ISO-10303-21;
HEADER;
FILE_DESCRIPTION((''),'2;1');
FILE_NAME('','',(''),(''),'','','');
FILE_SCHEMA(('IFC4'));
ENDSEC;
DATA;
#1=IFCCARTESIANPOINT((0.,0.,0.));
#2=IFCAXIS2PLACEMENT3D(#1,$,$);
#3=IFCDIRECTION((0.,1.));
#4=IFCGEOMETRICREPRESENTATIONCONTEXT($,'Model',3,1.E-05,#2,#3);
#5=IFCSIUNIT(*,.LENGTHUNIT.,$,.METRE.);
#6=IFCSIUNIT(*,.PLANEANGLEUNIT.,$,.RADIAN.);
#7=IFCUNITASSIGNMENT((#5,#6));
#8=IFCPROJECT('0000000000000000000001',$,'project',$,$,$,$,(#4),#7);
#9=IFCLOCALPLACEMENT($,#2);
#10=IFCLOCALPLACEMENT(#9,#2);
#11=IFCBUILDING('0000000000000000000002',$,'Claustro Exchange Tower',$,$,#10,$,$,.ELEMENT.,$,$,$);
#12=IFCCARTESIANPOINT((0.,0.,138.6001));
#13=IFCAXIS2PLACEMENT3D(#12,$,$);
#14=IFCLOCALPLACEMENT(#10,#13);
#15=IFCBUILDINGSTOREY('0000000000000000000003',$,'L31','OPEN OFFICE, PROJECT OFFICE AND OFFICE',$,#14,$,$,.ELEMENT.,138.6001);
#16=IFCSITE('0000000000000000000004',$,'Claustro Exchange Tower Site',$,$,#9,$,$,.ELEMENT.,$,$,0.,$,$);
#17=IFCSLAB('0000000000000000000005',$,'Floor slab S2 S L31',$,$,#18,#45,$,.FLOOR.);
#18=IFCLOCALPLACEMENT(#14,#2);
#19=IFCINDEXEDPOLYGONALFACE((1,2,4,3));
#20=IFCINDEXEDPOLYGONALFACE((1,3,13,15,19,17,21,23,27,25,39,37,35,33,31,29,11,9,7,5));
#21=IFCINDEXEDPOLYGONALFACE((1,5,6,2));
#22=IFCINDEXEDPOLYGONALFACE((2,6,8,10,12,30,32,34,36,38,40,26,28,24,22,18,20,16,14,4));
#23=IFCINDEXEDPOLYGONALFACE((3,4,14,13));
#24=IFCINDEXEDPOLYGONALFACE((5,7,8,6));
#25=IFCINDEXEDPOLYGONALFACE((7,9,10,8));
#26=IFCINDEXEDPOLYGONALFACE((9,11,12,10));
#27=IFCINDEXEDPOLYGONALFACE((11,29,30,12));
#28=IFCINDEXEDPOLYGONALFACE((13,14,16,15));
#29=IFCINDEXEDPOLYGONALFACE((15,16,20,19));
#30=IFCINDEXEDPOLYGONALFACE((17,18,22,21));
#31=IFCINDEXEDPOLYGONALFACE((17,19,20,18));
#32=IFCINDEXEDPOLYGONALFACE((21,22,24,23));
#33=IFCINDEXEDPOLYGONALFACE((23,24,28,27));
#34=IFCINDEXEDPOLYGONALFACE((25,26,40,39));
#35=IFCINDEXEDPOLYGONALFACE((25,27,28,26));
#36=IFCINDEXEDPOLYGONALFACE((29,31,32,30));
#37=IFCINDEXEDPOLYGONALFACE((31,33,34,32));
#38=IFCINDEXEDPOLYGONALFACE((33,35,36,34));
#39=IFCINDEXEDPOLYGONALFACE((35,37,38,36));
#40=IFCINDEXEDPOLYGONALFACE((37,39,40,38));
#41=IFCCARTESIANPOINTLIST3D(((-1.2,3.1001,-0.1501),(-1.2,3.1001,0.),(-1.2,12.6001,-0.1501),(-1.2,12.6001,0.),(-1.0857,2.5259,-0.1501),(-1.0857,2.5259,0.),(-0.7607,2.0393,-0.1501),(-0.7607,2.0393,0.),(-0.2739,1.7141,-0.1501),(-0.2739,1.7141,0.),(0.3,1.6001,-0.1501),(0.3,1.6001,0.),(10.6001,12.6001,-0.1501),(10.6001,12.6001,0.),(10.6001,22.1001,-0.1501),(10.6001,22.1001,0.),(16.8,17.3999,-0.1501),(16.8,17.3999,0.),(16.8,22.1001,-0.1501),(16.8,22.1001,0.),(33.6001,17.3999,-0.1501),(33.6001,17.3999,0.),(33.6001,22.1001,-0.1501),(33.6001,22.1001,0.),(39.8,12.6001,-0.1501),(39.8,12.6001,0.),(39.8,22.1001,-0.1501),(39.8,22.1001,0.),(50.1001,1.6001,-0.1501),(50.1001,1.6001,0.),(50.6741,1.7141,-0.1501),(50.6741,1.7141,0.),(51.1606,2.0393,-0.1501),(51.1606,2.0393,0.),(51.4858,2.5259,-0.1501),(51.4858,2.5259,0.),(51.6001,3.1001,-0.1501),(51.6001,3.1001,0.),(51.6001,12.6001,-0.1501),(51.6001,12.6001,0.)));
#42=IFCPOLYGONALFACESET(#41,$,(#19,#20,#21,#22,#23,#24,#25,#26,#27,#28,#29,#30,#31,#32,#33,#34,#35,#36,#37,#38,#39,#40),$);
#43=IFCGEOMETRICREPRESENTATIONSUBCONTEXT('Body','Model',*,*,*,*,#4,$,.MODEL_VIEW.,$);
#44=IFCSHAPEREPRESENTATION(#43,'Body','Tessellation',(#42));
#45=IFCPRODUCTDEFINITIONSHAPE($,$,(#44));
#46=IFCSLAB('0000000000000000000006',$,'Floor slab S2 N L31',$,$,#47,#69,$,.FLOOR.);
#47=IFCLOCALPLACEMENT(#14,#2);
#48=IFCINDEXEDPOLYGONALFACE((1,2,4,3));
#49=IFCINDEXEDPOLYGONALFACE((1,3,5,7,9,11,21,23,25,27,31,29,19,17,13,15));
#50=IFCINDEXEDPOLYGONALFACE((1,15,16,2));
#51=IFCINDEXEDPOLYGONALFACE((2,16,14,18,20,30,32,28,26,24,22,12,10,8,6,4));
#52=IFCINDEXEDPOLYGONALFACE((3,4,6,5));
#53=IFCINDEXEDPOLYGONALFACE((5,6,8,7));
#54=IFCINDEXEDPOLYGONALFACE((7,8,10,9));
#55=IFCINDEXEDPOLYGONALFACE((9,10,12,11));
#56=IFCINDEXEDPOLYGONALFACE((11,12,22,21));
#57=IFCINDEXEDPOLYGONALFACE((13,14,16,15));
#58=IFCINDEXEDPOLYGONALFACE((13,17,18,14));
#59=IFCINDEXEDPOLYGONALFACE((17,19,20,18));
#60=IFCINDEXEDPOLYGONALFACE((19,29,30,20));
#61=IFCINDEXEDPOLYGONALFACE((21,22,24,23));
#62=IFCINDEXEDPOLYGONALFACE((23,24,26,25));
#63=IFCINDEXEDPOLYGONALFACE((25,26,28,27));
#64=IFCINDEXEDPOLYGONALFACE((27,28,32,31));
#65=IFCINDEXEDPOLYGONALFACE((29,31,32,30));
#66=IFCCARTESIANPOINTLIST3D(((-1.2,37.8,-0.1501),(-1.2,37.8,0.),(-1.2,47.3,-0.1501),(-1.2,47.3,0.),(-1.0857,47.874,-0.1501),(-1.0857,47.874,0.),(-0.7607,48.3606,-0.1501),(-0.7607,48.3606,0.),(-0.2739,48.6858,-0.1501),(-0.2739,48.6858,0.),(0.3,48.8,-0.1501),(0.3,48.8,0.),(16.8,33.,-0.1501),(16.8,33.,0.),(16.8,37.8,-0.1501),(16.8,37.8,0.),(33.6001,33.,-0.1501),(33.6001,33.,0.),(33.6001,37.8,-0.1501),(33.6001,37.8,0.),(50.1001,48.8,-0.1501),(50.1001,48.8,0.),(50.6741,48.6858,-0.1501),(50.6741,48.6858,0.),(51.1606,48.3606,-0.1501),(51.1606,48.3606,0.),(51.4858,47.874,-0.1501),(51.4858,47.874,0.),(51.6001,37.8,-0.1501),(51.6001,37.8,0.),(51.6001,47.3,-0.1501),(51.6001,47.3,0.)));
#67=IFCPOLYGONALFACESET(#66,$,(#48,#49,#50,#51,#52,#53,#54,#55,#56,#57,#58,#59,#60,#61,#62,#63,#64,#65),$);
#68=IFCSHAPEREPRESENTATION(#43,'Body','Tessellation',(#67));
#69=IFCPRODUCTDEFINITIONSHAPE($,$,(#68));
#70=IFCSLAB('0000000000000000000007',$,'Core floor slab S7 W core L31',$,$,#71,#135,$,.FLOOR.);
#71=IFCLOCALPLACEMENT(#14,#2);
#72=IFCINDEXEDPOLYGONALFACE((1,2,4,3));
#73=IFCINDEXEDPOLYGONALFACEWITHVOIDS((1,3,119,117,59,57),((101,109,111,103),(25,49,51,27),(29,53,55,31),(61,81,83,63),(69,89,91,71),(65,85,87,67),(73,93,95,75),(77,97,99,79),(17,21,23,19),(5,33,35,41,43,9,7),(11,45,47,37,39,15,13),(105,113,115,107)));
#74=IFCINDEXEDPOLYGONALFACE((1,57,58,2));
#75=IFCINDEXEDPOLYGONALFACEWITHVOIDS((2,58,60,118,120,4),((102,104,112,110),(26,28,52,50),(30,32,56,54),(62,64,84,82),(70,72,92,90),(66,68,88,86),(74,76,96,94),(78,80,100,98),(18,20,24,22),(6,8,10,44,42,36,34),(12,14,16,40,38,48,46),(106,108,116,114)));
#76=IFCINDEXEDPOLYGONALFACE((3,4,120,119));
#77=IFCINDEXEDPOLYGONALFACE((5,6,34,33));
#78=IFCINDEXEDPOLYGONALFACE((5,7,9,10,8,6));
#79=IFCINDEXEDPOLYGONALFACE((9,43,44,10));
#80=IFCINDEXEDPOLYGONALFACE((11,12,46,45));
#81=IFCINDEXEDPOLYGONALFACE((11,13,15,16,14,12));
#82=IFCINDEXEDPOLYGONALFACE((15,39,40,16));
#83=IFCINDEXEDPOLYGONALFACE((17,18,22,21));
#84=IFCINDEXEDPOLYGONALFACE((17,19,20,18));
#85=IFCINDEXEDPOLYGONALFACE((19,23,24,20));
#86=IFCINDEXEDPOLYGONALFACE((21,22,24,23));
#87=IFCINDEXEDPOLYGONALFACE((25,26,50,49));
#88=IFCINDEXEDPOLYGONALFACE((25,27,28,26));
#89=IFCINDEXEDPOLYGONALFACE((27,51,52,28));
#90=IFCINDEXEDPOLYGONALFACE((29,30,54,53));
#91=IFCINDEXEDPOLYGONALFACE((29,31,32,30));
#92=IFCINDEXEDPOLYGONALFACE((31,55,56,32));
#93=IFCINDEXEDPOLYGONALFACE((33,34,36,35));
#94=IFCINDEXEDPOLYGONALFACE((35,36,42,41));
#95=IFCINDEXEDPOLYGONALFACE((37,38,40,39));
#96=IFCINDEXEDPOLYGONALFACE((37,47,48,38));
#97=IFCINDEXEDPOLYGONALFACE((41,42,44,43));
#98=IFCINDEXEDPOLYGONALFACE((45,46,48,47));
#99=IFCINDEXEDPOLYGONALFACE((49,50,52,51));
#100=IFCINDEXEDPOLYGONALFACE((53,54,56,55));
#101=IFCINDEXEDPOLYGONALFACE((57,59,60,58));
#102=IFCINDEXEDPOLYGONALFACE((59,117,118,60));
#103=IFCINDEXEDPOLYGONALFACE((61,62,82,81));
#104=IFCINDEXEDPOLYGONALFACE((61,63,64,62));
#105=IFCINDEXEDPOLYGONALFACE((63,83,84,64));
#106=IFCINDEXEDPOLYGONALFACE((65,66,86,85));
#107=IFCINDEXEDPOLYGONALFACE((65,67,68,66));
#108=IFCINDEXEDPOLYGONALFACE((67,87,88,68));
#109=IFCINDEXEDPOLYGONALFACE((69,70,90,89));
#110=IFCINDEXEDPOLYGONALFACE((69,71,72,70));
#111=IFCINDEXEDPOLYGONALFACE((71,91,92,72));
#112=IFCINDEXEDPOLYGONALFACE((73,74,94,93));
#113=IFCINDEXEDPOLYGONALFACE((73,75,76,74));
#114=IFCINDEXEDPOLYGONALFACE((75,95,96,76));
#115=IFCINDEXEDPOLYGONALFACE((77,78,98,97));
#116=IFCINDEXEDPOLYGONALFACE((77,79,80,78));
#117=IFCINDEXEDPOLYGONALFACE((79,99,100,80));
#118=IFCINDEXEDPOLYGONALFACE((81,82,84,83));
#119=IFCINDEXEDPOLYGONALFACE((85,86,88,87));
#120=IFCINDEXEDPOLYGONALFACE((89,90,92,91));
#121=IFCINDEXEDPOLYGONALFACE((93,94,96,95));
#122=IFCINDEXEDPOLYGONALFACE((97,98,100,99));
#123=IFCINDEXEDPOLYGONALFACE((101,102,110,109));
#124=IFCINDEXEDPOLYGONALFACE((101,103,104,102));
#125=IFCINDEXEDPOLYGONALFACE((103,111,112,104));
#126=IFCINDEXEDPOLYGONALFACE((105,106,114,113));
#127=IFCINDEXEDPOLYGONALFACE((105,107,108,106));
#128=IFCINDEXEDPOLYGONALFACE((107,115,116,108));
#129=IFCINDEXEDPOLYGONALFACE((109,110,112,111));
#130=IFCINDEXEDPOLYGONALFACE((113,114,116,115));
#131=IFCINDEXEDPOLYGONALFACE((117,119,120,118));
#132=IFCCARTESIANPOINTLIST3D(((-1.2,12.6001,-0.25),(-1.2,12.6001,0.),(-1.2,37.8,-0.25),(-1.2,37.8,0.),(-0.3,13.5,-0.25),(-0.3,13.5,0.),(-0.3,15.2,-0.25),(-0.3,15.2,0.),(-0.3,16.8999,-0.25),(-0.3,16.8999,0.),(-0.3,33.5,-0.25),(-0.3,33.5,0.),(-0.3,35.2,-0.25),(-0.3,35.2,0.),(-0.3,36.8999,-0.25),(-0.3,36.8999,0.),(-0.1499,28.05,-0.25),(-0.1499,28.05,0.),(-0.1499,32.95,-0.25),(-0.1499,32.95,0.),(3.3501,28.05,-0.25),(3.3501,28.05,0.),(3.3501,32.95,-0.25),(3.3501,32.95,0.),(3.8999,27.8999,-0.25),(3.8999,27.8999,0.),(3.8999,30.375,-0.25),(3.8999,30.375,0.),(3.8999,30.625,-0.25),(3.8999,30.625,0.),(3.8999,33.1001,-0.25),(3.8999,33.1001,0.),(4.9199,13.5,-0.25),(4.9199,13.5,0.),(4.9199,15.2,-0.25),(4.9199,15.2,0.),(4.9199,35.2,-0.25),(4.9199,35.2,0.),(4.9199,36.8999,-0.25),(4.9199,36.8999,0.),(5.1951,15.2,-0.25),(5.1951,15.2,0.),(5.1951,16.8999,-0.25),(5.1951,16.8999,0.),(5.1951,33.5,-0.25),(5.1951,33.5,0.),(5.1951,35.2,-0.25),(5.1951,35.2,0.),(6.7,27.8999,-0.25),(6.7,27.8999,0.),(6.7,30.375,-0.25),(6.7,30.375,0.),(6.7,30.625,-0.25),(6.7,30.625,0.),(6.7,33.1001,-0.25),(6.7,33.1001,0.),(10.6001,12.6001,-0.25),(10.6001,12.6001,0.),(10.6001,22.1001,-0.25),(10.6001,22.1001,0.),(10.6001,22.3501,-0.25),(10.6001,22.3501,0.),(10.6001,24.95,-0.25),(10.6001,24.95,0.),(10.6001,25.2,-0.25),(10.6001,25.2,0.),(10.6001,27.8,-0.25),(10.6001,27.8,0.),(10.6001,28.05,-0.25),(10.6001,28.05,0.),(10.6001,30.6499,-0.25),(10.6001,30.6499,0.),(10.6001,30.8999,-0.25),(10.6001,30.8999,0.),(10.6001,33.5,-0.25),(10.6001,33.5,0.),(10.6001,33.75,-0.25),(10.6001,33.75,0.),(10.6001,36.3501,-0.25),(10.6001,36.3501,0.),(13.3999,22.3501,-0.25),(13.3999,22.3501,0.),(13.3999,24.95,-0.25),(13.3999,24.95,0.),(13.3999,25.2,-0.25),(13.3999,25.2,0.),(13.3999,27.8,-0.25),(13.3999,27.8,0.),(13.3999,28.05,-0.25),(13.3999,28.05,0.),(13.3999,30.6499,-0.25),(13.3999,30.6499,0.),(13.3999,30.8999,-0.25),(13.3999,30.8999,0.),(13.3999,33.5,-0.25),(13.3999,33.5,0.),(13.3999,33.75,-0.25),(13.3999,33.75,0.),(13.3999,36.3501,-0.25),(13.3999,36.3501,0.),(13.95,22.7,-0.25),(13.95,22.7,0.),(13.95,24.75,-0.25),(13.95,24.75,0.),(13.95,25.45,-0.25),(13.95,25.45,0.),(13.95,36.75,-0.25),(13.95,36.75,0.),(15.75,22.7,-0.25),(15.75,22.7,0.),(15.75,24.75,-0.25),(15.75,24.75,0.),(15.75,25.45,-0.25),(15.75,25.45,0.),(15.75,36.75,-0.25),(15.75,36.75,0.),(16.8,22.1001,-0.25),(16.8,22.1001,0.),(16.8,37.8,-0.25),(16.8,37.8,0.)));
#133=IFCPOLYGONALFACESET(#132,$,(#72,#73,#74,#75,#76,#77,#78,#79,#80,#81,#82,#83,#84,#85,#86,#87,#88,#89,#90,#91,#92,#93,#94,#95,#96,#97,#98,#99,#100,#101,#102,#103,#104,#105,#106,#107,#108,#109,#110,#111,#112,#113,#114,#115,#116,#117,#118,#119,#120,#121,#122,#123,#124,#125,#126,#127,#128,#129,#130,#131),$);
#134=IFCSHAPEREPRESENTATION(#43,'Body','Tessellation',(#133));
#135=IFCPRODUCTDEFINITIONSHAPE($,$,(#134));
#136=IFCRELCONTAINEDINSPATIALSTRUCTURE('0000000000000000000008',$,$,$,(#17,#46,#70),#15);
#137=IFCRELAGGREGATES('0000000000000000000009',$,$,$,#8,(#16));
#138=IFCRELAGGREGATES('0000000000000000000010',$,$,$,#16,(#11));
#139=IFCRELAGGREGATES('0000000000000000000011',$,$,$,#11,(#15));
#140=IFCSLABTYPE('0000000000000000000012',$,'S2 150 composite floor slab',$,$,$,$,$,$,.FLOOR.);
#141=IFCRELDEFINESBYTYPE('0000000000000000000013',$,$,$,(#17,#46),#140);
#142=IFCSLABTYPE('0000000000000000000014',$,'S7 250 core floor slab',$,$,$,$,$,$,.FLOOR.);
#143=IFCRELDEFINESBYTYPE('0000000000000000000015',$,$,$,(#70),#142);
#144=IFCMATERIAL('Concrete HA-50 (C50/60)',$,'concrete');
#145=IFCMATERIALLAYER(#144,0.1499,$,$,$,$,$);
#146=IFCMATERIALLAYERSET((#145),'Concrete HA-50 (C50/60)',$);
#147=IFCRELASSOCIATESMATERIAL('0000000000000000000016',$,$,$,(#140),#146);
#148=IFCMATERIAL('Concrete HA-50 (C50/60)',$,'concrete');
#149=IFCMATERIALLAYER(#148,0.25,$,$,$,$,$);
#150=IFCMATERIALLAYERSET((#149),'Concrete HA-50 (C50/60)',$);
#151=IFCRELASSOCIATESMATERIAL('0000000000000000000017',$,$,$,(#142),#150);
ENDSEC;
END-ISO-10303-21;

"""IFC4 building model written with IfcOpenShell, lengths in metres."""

from ifc_helpers import new_model, si_unit, direction, frame, origin, place, context, subcontext, project, spatial, polyline, outline, extrude, material, layer, layer_set, type_object, element, save


model = new_model("IFC4")

# Units and contexts
model_context = context("Model", 3, precision=1e-05, world=origin(), true_north=direction((0.0, 1.0)))
body_context = subcontext(model_context, "Body", "Model", "MODEL_VIEW")
ifc_project = project(units=[si_unit("LENGTHUNIT", "METRE"), si_unit("PLANEANGLEUNIT", "RADIAN")], contexts=[model_context])

# Site, building, storey
site_placement = place(None, origin())
site = spatial("IfcSite", under=ifc_project, at=site_placement, Name="Claustro Exchange Tower Site", CompositionType="ELEMENT", RefElevation=0.0)
building_placement = place(site_placement, origin())
building = spatial("IfcBuilding", under=site, at=building_placement, Name="Claustro Exchange Tower", CompositionType="ELEMENT")
storey_placement = place(building_placement, frame((0.0, 0.0, 138.6001)))
storey = spatial("IfcBuildingStorey", under=building, at=storey_placement, Name="L31", Description="OPEN OFFICE, PROJECT OFFICE AND OFFICE", CompositionType="ELEMENT", Elevation=138.6001)

# Slabs
ifc_material_1 = material(Name="Concrete HA-50 (C50/60)", Category="concrete")
ifc_layer_1 = layer(ifc_material_1, 0.1499)
ifc_layer_set_1 = layer_set([ifc_layer_1], Name="Concrete HA-50 (C50/60)")
slab_type_1 = type_object("IfcSlabType", Name="S2 150 composite floor slab", PredefinedType="FLOOR", material=ifc_layer_set_1)
slab_1_placement = place(storey_placement, frame((0.0, 0.0, -0.1501)))
element("IfcSlab", 1, at=slab_1_placement, inside=storey, type_object=slab_type_1, Name="Floor slab S2 S L31", PredefinedType="FLOOR", context=body_context, shape_type="SweptSolid", body=[
    extrude(outline(polyline([(-0.2739, 1.7141), (0.3, 1.6001), (50.1001, 1.6001), (50.6741, 1.7141), (51.1606, 2.0393), (51.4858, 2.5259), (51.6001, 3.1001), (51.6001, 12.6001), (39.8, 12.6001), (39.8, 22.1001), (33.6001, 22.1001), (33.6001, 17.3999), (16.8, 17.3999), (16.8, 22.1001), (10.6001, 22.1001), (10.6001, 12.6001), (-1.2, 12.6001), (-1.2, 3.1001), (-1.0857, 2.5259), (-0.7607, 2.0393), (-0.2739, 1.7141)])), origin(), (0.0, 0.0, 1.0), 0.1501),
])
slab_2_placement = place(storey_placement, frame((0.0, 0.0, -0.1501)))
element("IfcSlab", 2, at=slab_2_placement, inside=storey, type_object=slab_type_1, Name="Floor slab S2 N L31", PredefinedType="FLOOR", context=body_context, shape_type="SweptSolid", body=[
    extrude(outline(polyline([(16.8, 37.8), (16.8, 33.0), (33.6001, 33.0), (33.6001, 37.8), (51.6001, 37.8), (51.6001, 47.3), (51.4858, 47.874), (51.1606, 48.3606), (50.6741, 48.6858), (50.1001, 48.8), (0.3, 48.8), (-0.2739, 48.6858), (-0.7607, 48.3606), (-1.0857, 47.874), (-1.2, 47.3), (-1.2, 37.8), (16.8, 37.8)])), origin(), (0.0, 0.0, 1.0), 0.1501),
])
ifc_material_2 = material(Name="Concrete HA-50 (C50/60)", Category="concrete")
ifc_layer_2 = layer(ifc_material_2, 0.25)
ifc_layer_set_2 = layer_set([ifc_layer_2], Name="Concrete HA-50 (C50/60)")
slab_type_2 = type_object("IfcSlabType", Name="S7 250 core floor slab", PredefinedType="FLOOR", material=ifc_layer_set_2)
slab_3_placement = place(storey_placement, frame((0.0, 0.0, -0.25)))
element("IfcSlab", 3, at=slab_3_placement, inside=storey, type_object=slab_type_2, Name="Core floor slab S7 W core L31", PredefinedType="FLOOR", context=body_context, shape_type="SweptSolid", body=[
    extrude(outline(polyline([(-1.2, 37.8), (-1.2, 12.6001), (10.6001, 12.6001), (10.6001, 22.1001), (16.8, 22.1001), (16.8, 37.8), (-1.2, 37.8)]), holes=[polyline([(13.95, 24.75), (15.75, 24.75), (15.75, 22.7), (13.95, 22.7), (13.95, 24.75)]), polyline([(13.95, 36.75), (15.75, 36.75), (15.75, 25.45), (13.95, 25.45), (13.95, 36.75)]), polyline([(13.3999, 24.95), (13.3999, 22.3501), (10.6001, 22.3501), (10.6001, 24.95), (13.3999, 24.95)]), polyline([(13.3999, 27.8), (13.3999, 25.2), (10.6001, 25.2), (10.6001, 27.8), (13.3999, 27.8)]), polyline([(13.3999, 30.6499), (13.3999, 28.05), (10.6001, 28.05), (10.6001, 30.6499), (13.3999, 30.6499)]), polyline([(13.3999, 33.5), (13.3999, 30.8999), (10.6001, 30.8999), (10.6001, 33.5), (13.3999, 33.5)]), polyline([(13.3999, 36.3501), (13.3999, 33.75), (10.6001, 33.75), (10.6001, 36.3501), (13.3999, 36.3501)]), polyline([(6.7, 30.375), (6.7, 27.8999), (3.8999, 27.8999), (3.8999, 30.375), (6.7, 30.375)]), polyline([(6.7, 33.1001), (6.7, 30.625), (3.8999, 30.625), (3.8999, 33.1001), (6.7, 33.1001)]), polyline([(-0.3, 15.2), (-0.3, 16.8999), (5.1951, 16.8999), (5.1951, 15.2), (4.9199, 15.2), (4.9199, 13.5), (-0.3, 13.5), (-0.3, 15.2)]), polyline([(-0.3, 35.2), (-0.3, 36.8999), (4.9199, 36.8999), (4.9199, 35.2), (5.1951, 35.2), (5.1951, 33.5), (-0.3, 33.5), (-0.3, 35.2)]), polyline([(-0.1499, 32.95), (3.3501, 32.95), (3.3501, 28.05), (-0.1499, 28.05), (-0.1499, 32.95)])]), origin(), (0.0, 0.0, 1.0), 0.25),
])

save(model, "model.ifc")
